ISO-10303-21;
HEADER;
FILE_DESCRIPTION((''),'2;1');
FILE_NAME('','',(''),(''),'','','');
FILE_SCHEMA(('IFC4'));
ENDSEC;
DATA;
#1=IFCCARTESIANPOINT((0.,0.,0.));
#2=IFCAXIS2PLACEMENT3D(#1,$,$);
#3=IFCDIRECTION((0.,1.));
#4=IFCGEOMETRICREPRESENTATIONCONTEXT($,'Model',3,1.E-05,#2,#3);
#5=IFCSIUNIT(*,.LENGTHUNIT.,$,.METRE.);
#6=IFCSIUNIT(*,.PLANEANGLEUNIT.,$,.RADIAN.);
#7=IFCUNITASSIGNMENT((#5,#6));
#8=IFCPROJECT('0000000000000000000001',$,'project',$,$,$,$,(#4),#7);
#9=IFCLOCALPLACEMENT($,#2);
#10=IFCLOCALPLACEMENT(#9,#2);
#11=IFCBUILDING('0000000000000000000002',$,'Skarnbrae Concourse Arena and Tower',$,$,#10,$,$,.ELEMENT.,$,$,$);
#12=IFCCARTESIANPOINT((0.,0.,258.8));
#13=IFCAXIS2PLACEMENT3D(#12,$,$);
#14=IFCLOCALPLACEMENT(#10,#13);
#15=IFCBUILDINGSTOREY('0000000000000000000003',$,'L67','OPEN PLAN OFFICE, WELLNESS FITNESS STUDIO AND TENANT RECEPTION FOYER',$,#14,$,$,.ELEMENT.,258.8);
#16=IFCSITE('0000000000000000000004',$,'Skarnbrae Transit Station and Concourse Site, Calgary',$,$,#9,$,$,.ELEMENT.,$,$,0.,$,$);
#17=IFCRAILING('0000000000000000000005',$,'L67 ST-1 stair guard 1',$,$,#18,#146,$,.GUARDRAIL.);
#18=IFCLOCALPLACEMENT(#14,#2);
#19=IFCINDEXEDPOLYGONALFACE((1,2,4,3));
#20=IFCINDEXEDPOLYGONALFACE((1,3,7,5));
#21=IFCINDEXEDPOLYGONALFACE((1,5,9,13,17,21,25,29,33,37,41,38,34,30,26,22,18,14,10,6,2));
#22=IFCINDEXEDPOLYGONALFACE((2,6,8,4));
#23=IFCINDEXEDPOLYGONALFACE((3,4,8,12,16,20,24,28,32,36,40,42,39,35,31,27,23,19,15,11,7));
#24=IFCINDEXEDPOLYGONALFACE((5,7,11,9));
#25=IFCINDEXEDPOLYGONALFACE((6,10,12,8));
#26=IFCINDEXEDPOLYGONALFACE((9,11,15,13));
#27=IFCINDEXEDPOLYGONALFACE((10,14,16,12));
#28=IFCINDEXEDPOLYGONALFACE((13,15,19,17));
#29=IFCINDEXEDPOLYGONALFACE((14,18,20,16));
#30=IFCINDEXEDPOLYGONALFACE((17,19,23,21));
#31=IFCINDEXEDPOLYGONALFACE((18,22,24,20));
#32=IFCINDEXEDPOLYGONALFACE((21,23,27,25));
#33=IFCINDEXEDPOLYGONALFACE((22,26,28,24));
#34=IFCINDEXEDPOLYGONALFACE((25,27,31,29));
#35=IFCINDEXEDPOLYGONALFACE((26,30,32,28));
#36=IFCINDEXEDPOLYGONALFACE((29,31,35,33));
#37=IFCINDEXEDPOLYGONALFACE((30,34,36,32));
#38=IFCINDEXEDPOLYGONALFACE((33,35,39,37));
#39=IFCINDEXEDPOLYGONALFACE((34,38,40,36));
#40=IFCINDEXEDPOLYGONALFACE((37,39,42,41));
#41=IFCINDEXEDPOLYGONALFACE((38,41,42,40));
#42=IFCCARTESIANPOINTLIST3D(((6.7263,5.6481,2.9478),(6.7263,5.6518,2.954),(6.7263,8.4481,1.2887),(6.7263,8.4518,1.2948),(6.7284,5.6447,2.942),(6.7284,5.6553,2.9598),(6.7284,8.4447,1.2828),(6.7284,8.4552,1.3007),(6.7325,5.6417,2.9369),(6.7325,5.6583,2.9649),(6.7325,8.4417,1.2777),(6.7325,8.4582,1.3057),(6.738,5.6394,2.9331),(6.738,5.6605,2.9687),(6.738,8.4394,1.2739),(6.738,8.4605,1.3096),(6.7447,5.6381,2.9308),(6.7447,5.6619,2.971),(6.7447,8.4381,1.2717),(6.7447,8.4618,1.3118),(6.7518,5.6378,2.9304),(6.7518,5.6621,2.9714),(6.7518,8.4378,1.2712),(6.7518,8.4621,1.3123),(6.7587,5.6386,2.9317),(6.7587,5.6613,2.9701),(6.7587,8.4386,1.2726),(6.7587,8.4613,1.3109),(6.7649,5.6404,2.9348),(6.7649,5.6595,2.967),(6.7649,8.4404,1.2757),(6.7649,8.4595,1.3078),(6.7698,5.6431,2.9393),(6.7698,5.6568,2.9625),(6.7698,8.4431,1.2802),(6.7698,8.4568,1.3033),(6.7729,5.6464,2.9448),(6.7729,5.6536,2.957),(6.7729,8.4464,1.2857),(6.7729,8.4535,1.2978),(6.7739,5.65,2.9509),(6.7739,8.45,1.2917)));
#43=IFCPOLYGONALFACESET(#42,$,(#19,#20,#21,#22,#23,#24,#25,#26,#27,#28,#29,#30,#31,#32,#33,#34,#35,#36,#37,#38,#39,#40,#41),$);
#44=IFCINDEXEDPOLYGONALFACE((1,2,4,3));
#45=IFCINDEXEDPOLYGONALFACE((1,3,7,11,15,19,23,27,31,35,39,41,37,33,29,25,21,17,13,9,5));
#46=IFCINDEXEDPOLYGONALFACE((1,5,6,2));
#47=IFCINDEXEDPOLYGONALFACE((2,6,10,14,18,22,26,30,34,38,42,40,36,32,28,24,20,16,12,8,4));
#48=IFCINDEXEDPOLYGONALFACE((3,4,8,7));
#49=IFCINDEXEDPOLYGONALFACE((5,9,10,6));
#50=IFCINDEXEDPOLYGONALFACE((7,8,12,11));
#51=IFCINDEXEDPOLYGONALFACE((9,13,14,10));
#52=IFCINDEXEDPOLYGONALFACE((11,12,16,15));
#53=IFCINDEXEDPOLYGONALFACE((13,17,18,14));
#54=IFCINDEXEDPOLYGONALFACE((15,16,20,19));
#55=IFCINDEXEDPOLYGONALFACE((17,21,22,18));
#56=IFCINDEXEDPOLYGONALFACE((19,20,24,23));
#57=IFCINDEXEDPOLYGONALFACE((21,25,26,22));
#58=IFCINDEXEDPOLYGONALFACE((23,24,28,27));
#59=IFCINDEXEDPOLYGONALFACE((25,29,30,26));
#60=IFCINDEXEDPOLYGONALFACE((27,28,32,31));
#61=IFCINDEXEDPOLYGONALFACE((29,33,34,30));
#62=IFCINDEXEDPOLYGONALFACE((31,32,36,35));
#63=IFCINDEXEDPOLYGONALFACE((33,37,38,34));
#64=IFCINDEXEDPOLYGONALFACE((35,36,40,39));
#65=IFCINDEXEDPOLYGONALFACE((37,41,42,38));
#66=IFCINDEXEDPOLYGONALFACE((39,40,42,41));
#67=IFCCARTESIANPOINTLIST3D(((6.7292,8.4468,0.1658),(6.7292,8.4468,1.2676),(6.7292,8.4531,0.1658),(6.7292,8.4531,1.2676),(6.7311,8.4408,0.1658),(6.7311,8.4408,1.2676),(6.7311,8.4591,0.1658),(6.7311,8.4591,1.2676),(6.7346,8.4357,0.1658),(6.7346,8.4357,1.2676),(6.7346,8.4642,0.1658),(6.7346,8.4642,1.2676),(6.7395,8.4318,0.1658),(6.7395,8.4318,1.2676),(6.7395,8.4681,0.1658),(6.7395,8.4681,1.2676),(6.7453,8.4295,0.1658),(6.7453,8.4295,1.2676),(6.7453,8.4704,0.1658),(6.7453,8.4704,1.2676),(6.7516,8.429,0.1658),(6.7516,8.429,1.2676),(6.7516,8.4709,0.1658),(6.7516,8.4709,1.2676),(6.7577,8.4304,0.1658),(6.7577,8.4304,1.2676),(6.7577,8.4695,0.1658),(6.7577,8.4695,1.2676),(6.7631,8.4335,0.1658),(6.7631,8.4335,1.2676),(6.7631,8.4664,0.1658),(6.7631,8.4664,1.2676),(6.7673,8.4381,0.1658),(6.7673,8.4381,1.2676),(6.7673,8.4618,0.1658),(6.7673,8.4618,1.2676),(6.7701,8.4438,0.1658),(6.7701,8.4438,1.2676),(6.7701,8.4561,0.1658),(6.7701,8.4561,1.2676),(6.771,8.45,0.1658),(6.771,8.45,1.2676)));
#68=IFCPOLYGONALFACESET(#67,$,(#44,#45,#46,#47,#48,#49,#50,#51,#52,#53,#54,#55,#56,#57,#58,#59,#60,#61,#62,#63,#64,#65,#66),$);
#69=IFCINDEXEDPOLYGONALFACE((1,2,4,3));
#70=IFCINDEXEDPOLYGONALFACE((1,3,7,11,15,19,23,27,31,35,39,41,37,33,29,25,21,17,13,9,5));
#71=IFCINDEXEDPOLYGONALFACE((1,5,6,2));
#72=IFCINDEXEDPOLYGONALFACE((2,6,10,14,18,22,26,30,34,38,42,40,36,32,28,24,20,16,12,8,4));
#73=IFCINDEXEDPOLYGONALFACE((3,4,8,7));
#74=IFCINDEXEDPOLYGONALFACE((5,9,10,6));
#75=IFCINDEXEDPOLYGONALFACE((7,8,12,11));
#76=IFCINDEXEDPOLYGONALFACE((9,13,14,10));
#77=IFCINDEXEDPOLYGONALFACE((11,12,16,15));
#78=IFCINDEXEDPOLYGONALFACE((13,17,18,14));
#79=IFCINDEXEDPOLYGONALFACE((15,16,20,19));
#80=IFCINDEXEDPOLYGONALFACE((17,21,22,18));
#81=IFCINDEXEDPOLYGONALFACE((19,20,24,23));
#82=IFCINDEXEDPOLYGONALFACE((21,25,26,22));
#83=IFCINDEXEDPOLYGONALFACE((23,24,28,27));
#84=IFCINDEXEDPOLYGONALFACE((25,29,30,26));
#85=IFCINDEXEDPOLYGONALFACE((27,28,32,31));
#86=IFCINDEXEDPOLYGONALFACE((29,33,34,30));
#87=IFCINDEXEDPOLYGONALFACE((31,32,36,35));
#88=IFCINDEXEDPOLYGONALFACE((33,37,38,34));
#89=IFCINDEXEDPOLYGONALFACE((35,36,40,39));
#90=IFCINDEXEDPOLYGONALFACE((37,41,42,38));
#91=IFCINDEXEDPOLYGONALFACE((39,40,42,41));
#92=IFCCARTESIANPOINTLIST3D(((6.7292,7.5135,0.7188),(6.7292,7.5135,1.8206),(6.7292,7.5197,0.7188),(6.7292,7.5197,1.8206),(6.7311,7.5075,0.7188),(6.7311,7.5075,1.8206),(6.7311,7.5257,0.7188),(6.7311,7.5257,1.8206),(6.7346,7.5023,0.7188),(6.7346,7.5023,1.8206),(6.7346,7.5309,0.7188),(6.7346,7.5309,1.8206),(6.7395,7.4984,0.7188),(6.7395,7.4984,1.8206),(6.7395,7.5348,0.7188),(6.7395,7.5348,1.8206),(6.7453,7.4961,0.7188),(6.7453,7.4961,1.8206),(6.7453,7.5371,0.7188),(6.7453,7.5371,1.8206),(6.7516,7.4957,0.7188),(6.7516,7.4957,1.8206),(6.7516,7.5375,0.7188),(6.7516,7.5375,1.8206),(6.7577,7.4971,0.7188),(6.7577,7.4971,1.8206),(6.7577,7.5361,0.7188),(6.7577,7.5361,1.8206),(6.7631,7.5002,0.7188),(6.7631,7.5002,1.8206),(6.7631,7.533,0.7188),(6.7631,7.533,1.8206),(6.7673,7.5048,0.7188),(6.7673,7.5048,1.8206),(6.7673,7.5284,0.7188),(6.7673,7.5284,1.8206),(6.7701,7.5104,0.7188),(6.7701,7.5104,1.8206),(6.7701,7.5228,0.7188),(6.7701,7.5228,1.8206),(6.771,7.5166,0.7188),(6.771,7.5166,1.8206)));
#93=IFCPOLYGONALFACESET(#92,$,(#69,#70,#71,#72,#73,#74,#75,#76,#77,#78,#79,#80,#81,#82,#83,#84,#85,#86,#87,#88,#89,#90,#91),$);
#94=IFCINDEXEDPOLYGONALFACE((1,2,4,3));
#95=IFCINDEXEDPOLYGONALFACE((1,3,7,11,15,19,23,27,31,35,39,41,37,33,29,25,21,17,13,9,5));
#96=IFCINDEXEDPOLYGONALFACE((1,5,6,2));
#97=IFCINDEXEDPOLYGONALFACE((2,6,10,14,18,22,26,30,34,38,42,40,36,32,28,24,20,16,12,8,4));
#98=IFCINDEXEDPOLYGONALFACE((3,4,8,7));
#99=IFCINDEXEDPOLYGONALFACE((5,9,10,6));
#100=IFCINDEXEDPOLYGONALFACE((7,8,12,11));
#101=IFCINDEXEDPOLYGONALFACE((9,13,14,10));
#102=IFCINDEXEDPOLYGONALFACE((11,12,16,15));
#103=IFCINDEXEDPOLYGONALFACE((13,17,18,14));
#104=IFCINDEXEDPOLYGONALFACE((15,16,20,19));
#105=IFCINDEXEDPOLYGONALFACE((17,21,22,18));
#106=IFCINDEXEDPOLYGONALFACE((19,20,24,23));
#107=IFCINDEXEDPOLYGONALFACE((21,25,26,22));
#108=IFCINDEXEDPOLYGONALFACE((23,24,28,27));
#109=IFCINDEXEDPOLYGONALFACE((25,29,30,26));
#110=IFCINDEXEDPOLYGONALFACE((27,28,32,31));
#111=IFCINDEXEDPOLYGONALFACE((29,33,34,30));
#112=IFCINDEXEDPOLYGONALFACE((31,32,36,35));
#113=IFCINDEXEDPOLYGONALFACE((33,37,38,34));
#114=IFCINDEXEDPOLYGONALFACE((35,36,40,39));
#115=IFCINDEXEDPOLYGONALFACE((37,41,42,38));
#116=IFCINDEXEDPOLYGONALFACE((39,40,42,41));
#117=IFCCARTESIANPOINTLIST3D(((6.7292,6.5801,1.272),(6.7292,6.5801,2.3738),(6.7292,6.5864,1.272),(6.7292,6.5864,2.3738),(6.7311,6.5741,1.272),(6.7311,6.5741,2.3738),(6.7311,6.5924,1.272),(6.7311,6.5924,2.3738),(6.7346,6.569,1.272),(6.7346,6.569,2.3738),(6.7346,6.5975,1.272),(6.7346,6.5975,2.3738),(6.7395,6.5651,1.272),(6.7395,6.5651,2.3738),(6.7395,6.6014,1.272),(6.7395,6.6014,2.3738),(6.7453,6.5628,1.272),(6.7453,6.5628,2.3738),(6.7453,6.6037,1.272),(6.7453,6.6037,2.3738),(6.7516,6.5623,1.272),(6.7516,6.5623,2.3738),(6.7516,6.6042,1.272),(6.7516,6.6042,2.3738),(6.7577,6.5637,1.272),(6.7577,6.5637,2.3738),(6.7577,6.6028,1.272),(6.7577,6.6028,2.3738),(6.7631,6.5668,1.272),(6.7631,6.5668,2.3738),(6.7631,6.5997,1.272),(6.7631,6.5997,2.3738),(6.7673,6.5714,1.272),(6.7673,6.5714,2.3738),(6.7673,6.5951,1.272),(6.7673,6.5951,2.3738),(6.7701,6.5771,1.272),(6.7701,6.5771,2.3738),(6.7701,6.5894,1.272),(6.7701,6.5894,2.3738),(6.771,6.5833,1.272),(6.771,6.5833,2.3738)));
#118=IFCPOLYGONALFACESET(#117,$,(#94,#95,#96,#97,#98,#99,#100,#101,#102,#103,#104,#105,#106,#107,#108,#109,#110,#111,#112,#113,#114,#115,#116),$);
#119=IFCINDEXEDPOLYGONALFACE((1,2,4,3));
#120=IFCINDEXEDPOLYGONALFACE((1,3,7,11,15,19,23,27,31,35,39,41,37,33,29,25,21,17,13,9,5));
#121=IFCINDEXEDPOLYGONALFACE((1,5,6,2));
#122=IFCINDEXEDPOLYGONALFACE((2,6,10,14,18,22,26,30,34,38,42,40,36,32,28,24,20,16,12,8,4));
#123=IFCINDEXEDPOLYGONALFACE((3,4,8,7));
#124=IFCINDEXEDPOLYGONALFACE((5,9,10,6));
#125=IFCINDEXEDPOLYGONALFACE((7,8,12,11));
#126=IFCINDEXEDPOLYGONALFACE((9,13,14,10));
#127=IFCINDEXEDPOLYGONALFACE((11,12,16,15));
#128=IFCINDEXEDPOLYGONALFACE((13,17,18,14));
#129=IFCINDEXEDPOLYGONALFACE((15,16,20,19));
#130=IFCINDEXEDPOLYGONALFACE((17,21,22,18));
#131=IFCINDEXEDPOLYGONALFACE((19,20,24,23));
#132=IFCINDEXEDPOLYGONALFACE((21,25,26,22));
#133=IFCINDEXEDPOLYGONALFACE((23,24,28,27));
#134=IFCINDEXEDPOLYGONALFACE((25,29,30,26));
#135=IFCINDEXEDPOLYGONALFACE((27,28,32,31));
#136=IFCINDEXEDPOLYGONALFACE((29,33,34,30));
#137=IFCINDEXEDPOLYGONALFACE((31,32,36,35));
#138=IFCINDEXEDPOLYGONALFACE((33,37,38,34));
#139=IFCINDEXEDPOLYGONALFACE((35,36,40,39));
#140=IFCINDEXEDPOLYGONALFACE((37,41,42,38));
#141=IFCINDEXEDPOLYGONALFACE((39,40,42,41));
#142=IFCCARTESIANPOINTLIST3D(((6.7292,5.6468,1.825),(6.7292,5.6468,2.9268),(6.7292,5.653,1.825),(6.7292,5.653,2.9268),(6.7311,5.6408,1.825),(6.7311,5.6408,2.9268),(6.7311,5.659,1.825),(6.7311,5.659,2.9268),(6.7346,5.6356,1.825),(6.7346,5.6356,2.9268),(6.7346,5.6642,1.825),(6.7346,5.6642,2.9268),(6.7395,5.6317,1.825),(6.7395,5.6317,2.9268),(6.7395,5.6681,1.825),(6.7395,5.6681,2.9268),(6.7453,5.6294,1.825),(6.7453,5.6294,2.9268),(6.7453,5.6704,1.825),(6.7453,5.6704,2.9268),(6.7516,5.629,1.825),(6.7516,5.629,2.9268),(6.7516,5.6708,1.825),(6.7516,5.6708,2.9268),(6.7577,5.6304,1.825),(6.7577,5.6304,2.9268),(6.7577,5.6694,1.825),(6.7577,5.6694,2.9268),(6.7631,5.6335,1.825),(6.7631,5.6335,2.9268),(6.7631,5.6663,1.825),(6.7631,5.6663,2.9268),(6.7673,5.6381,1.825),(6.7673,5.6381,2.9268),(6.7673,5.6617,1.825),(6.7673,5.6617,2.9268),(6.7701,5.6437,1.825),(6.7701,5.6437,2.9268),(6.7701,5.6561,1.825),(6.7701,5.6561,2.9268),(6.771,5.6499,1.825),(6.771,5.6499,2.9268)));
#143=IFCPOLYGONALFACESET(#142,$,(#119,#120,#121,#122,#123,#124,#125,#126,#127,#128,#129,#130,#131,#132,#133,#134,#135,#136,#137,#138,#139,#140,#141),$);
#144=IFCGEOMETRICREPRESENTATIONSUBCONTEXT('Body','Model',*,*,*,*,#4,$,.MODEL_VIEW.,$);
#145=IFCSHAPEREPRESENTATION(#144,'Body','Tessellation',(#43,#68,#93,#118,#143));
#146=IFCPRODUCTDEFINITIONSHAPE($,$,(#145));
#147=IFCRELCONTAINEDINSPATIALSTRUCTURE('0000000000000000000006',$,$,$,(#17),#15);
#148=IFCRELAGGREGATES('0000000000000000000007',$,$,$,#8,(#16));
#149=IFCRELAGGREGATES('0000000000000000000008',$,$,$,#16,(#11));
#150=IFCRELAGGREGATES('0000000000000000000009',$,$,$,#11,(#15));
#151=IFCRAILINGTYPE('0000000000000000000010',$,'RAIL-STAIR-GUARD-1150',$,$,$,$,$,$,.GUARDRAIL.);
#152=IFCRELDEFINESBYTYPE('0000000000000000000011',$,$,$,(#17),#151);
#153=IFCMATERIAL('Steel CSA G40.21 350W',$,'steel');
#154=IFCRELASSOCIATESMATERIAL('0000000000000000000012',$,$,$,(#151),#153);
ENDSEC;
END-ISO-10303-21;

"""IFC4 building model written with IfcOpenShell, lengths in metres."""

from ifc_helpers import new_model, si_unit, direction, frame, origin, origin_2d, place, context, subcontext, project, spatial, circle, extrude, material, type_object, element, save


model = new_model("IFC4")

# Units and contexts
model_context = context("Model", 3, precision=1e-05, world=origin(), true_north=direction((0.0, 1.0)))
body_context = subcontext(model_context, "Body", "Model", "MODEL_VIEW")
ifc_project = project(units=[si_unit("LENGTHUNIT", "METRE"), si_unit("PLANEANGLEUNIT", "RADIAN")], contexts=[model_context])

# Site, building, storey
site_placement = place(None, origin())
site = spatial("IfcSite", under=ifc_project, at=site_placement, Name="Skarnbrae Transit Station and Concourse Site, Calgary", CompositionType="ELEMENT", RefElevation=0.0)
building_placement = place(site_placement, origin())
building = spatial("IfcBuilding", under=site, at=building_placement, Name="Skarnbrae Concourse Arena and Tower", CompositionType="ELEMENT")
storey_placement = place(building_placement, frame((0.0, 0.0, 258.8)))
storey = spatial("IfcBuildingStorey", under=building, at=storey_placement, Name="L67", Description="OPEN PLAN OFFICE, WELLNESS FITNESS STUDIO AND TENANT RECEPTION FOYER", CompositionType="ELEMENT", Elevation=258.8)

# Shared definitions
ifc_material_1 = material(Name="Steel CSA G40.21 350W", Category="steel")

# Railing
railing_type_1 = type_object("IfcRailingType", Name="RAIL-STAIR-GUARD-1150", PredefinedType="GUARDRAIL", material=ifc_material_1)
railing_1_placement = place(storey_placement, frame((6.75, 8.45, 0.1658)))
element("IfcRailing", 1, at=railing_1_placement, inside=storey, type_object=railing_type_1, Name="L67 ST-1 stair guard 1", PredefinedType="GUARDRAIL", context=body_context, shape_type="SweptSolid", body=[
    extrude(circle(Radius=0.0239, at=origin_2d()), frame((0.0, 0.0, 1.126), z_axis=(0.0, -0.860306, 0.509778), x_axis=(1.0, 0.0, 0.0)), (0.0, 0.0, 1.0), 3.2546),
    extrude(circle(Radius=0.021, at=origin_2d()), origin(), (0.0, 0.0, 1.0), 1.1018),
    extrude(circle(Radius=0.021, at=origin_2d()), frame((0.0, -0.9333, 0.553)), (0.0, 0.0, 1.0), 1.1018),
    extrude(circle(Radius=0.021, at=origin_2d()), frame((0.0, -1.8667, 1.1062)), (0.0, 0.0, 1.0), 1.1018),
    extrude(circle(Radius=0.021, at=origin_2d()), frame((0.0, -2.8, 1.6592)), (0.0, 0.0, 1.0), 1.1018),
])

save(model, "model.ifc")
